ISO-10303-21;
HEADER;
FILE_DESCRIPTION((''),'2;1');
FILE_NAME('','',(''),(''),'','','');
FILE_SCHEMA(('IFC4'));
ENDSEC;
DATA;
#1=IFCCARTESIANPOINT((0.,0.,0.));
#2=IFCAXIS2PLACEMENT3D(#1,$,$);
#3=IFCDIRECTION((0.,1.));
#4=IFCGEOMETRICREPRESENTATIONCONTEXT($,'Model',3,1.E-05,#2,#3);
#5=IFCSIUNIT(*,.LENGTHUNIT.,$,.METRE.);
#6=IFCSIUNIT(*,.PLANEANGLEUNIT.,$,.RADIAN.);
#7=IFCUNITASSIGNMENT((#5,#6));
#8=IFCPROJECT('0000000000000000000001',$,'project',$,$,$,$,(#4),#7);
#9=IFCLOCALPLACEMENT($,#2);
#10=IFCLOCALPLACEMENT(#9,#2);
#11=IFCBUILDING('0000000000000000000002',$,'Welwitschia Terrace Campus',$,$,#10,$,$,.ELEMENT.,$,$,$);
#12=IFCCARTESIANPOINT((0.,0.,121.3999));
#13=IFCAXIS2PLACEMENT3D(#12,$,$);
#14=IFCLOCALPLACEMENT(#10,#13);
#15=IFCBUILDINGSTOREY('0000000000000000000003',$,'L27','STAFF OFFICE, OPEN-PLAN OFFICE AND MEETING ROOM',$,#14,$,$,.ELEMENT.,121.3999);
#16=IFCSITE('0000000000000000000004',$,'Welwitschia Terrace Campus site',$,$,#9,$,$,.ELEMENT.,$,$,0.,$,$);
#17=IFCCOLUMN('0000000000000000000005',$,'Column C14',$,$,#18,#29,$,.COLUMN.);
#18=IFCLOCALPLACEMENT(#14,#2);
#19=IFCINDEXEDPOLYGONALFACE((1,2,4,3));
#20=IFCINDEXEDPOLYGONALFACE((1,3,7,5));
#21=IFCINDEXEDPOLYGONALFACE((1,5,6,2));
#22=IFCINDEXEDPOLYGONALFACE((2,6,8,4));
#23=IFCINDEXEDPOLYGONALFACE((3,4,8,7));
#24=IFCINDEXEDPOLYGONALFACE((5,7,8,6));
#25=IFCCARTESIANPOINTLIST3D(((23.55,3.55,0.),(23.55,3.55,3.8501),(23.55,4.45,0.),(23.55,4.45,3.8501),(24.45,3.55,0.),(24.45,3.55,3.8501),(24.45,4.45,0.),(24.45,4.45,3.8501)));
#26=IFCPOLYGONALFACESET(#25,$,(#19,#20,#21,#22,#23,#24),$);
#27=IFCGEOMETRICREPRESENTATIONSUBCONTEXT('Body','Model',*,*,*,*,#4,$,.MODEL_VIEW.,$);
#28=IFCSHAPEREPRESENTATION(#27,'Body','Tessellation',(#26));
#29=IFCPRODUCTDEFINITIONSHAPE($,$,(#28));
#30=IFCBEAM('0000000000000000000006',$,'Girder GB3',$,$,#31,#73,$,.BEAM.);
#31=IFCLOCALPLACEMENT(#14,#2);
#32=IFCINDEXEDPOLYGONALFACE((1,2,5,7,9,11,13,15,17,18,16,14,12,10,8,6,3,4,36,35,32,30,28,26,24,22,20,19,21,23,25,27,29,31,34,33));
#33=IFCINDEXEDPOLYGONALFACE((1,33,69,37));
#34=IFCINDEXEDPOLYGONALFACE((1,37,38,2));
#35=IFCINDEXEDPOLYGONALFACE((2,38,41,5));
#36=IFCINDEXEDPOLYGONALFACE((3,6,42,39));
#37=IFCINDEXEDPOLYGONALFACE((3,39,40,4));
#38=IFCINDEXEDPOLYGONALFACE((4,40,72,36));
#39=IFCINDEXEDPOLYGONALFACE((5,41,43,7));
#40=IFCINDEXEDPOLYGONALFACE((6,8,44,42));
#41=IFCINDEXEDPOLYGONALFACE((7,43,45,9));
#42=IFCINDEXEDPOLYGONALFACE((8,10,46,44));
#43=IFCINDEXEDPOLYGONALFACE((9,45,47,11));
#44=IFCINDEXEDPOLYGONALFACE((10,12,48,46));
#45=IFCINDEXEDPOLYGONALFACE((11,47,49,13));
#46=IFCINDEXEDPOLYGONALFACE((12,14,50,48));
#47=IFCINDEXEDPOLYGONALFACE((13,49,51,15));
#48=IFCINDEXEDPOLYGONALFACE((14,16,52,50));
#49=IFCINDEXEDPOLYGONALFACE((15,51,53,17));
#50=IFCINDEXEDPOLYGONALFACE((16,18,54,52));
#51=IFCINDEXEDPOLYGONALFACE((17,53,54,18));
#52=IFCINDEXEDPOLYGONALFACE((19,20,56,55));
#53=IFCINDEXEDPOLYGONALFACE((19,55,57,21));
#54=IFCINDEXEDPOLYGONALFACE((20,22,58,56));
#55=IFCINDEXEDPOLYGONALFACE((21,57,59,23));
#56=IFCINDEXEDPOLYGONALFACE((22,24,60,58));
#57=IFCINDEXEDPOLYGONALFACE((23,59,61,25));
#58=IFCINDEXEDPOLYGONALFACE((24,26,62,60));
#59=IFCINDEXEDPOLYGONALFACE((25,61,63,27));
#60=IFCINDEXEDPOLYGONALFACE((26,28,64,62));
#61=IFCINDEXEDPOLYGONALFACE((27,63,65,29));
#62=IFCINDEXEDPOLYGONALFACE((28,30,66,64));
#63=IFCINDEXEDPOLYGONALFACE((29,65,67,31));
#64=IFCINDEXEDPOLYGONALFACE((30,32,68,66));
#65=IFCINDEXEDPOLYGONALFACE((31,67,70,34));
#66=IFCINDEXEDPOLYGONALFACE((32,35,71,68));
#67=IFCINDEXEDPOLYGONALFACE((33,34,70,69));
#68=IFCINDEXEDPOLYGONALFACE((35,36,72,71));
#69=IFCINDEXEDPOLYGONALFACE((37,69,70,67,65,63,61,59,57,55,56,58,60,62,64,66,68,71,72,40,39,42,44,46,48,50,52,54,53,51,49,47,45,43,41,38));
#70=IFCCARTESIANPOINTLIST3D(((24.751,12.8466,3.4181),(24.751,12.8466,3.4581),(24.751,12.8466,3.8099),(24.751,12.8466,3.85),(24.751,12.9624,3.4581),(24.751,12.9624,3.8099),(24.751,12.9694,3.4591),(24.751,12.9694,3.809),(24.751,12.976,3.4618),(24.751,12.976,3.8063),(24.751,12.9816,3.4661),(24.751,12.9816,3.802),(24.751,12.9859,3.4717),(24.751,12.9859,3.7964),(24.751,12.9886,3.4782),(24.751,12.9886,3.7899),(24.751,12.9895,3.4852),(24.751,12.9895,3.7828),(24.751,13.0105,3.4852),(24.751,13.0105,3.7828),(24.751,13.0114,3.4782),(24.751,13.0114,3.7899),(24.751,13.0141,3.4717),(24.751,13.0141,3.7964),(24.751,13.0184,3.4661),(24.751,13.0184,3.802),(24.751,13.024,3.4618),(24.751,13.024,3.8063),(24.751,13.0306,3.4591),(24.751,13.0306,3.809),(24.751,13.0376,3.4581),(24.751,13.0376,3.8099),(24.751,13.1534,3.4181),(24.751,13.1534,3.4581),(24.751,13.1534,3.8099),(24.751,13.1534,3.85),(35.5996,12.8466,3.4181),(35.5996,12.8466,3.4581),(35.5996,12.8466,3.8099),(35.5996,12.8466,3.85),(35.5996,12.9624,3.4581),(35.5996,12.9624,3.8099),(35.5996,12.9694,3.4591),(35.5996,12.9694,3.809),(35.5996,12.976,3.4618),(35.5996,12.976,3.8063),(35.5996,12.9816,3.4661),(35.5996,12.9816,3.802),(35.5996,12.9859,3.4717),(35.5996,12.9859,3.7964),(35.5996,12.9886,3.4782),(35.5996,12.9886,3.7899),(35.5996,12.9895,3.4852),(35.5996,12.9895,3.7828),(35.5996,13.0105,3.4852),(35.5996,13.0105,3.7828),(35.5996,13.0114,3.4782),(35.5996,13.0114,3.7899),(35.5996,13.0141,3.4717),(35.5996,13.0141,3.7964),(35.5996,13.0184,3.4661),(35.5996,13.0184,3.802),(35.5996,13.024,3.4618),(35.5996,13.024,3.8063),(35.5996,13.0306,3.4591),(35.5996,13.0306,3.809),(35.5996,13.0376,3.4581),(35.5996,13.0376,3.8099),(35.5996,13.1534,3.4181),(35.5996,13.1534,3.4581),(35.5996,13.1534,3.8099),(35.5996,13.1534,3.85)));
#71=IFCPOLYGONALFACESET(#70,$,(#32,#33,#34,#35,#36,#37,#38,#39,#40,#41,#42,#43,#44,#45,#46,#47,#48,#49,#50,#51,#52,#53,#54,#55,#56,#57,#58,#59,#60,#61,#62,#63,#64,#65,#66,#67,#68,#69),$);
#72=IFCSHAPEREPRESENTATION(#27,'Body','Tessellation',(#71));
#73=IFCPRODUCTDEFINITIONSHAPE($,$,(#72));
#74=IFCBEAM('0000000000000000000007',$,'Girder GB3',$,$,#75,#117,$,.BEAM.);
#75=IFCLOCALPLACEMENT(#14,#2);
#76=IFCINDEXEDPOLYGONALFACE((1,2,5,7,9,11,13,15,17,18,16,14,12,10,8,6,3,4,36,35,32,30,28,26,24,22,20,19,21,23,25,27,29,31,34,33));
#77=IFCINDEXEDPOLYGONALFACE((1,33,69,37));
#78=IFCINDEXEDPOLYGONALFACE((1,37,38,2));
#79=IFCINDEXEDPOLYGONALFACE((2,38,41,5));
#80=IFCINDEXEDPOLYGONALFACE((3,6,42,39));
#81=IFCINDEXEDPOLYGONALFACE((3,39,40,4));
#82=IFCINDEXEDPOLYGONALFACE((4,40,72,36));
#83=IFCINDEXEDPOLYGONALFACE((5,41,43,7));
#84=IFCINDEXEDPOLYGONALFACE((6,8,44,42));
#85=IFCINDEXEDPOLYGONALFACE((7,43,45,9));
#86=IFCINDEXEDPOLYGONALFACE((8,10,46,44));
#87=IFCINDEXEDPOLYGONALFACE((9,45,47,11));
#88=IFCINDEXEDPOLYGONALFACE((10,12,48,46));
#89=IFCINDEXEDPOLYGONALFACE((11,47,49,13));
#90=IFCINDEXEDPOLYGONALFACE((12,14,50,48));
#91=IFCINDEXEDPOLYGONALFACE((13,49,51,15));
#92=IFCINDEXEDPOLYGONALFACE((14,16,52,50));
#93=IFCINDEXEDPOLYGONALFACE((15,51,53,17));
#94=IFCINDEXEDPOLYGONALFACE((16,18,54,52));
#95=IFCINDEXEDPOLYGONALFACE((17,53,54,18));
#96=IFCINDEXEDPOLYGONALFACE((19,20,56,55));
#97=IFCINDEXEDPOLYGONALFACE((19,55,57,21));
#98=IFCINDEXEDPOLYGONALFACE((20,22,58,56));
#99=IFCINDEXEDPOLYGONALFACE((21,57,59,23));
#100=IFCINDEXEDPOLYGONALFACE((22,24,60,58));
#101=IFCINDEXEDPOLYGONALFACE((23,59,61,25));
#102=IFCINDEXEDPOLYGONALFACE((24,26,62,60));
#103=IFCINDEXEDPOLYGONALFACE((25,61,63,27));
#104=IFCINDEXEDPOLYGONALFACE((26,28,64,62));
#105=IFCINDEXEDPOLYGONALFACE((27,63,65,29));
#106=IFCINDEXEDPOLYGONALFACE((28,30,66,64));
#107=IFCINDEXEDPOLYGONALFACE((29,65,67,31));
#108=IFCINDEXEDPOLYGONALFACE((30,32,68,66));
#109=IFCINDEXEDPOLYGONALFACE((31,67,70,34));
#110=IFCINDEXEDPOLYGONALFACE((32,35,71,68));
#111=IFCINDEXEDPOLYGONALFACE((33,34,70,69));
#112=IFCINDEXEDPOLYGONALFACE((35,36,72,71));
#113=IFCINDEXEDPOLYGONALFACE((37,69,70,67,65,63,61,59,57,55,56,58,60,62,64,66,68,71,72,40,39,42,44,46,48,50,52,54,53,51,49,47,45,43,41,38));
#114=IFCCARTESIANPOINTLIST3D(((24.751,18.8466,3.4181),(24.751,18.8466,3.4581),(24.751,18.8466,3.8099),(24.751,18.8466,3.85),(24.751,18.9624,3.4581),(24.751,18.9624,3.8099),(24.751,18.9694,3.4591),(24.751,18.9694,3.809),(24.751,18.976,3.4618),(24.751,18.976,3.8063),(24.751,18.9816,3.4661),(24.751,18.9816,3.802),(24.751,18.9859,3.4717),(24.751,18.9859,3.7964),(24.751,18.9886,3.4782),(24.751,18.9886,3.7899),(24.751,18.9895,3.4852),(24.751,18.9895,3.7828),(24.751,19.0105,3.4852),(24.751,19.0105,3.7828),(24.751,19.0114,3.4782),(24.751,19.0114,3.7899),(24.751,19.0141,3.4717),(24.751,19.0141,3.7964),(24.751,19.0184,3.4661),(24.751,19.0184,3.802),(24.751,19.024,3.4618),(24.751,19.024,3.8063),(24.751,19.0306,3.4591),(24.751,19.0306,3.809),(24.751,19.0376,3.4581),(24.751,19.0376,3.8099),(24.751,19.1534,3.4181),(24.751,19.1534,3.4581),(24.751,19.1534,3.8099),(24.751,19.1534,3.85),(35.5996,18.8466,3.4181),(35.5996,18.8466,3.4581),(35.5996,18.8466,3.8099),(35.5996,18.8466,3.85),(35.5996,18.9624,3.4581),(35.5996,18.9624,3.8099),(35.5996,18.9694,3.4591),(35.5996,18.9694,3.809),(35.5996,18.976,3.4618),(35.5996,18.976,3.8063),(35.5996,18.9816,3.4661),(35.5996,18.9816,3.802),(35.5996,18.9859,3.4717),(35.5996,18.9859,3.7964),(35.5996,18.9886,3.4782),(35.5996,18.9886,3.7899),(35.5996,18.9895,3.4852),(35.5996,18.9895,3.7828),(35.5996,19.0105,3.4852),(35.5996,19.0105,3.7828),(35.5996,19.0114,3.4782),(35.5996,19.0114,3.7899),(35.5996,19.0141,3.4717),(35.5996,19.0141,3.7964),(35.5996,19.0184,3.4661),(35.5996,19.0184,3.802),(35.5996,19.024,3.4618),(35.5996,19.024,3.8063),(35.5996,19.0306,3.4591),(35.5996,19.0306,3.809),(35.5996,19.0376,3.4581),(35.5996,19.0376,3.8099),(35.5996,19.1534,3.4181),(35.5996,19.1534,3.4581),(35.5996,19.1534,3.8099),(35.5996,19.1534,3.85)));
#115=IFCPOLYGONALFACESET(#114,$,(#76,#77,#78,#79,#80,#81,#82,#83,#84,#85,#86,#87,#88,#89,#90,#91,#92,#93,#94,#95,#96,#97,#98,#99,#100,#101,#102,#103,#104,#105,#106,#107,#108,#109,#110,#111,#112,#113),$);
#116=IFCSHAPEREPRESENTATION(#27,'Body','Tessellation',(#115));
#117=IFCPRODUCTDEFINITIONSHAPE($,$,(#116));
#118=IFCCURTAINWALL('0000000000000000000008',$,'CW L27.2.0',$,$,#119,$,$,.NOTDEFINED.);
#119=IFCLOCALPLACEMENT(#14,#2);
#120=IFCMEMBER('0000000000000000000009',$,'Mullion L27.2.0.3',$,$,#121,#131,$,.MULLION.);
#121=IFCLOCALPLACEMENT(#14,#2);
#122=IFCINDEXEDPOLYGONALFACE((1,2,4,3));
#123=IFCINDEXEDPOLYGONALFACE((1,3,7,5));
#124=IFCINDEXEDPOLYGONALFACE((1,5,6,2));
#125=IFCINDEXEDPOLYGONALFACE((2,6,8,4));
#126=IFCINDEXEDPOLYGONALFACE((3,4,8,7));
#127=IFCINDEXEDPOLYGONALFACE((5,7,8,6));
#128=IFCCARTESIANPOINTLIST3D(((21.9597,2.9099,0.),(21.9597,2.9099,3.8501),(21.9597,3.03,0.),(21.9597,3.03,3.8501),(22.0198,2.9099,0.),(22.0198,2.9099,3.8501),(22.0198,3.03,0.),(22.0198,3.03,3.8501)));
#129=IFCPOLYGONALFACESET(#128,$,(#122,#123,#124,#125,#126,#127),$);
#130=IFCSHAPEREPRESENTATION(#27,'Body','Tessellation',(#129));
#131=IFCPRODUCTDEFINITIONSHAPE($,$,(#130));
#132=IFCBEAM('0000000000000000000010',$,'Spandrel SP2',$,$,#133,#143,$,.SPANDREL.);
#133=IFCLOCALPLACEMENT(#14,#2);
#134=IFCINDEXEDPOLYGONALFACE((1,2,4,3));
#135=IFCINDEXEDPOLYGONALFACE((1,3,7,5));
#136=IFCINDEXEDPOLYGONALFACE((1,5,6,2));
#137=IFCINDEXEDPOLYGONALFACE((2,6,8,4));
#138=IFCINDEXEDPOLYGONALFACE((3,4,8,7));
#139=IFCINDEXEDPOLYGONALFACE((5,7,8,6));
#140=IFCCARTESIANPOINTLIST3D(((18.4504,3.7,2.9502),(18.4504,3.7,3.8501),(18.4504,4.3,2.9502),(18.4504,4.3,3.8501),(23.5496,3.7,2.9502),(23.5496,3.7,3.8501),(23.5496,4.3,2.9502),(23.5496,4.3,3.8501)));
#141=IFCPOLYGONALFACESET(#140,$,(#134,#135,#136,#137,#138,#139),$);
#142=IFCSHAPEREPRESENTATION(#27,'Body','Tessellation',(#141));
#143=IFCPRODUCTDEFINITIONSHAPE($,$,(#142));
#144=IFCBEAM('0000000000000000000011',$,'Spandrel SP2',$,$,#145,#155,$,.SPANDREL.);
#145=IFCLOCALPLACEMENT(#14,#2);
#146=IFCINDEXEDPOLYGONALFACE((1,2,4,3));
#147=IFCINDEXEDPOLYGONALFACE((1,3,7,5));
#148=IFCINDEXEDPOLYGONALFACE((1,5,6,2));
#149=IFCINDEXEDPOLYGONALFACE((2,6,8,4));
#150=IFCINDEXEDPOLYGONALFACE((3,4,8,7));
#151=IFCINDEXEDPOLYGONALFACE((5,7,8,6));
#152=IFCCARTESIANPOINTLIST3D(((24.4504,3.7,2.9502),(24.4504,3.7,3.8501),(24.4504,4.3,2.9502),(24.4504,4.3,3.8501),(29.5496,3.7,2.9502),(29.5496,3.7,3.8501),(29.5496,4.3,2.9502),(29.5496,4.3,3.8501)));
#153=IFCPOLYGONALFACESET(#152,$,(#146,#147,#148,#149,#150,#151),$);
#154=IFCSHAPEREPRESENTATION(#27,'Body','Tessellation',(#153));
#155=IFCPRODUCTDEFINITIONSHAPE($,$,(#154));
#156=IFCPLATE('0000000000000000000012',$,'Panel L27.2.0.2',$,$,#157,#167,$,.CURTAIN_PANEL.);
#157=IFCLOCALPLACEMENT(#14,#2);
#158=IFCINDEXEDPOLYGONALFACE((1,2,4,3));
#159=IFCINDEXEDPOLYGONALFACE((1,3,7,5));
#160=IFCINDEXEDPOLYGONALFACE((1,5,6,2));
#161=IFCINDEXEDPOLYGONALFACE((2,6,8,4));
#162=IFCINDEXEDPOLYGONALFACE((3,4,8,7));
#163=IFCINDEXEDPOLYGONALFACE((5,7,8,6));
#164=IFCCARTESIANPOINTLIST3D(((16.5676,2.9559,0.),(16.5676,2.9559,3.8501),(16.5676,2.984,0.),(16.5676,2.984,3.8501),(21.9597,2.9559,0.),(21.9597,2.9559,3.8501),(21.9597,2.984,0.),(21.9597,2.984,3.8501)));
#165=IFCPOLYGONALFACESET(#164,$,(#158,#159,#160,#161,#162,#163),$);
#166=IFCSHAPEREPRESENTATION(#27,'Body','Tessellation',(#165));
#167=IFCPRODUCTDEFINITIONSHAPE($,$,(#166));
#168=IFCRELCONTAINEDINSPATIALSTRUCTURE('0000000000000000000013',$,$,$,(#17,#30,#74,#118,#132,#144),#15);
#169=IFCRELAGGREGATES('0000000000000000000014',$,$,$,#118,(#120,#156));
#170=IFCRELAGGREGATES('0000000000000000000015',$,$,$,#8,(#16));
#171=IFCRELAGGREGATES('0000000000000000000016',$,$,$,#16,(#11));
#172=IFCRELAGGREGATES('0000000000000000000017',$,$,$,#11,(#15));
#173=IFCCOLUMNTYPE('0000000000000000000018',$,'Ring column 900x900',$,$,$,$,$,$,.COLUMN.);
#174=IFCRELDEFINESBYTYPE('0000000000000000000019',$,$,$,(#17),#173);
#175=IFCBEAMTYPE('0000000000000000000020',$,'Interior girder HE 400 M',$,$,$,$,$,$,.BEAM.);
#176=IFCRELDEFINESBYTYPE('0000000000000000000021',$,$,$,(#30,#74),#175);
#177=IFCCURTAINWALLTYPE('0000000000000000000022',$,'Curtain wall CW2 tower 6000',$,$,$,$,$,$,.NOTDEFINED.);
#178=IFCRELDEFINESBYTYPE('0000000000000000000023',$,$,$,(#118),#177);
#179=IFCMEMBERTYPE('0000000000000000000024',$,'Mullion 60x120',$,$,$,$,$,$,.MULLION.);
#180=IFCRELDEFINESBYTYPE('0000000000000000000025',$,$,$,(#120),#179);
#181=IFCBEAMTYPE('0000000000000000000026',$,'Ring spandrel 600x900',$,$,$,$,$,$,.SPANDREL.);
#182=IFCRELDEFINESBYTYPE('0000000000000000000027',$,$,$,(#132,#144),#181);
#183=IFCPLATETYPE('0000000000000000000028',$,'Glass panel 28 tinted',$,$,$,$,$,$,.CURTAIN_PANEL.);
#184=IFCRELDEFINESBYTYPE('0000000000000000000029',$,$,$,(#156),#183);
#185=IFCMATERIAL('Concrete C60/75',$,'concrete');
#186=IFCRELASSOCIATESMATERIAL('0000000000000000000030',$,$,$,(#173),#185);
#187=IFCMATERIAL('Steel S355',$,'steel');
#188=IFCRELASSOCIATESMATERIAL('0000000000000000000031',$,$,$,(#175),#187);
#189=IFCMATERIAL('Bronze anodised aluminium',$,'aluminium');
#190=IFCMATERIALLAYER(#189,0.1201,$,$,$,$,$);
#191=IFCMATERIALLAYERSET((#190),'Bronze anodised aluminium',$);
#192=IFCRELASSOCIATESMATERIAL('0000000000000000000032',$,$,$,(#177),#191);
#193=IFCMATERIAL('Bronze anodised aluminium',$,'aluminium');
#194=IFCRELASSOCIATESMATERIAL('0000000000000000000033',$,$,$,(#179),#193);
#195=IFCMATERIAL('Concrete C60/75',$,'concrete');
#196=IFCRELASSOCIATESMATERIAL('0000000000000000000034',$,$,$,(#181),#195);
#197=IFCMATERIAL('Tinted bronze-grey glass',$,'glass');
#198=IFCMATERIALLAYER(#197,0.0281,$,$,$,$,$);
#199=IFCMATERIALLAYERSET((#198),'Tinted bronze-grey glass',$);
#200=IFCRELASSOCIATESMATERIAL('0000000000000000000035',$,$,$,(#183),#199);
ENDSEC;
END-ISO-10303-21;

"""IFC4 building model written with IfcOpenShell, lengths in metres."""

from ifc_helpers import new_model, si_unit, direction, frame, origin, origin_2d, place, context, subcontext, project, spatial, rectangle, i_section, extrude, material, layer, layer_set, material_profile, profile_set, type_object, element, aggregate, save


model = new_model("IFC4")

# Units and contexts
model_context = context("Model", 3, precision=1e-05, world=origin(), true_north=direction((0.0, 1.0)))
body_context = subcontext(model_context, "Body", "Model", "MODEL_VIEW")
ifc_project = project(units=[si_unit("LENGTHUNIT", "METRE"), si_unit("PLANEANGLEUNIT", "RADIAN")], contexts=[model_context])

# Site, building, storey
site_placement = place(None, origin())
site = spatial("IfcSite", under=ifc_project, at=site_placement, Name="Welwitschia Terrace Campus site", CompositionType="ELEMENT", RefElevation=0.0)
building_placement = place(site_placement, origin())
building = spatial("IfcBuilding", under=site, at=building_placement, Name="Welwitschia Terrace Campus", CompositionType="ELEMENT")
storey_placement = place(building_placement, frame((0.0, 0.0, 121.3999)))
storey = spatial("IfcBuildingStorey", under=building, at=storey_placement, Name="L27", Description="STAFF OFFICE, OPEN-PLAN OFFICE AND MEETING ROOM", CompositionType="ELEMENT", Elevation=121.3999)

# Column
ifc_material_1 = material(Name="Concrete C60/75", Category="concrete")
ifc_material_profile_1 = material_profile(ifc_material_1, rectangle(XDim=0.8999, YDim=0.8999, at=origin_2d()))
ifc_profile_set_1 = profile_set([ifc_material_profile_1], Name="Concrete C60/75")
column_type = type_object("IfcColumnType", Name="Ring column 900x900", PredefinedType="COLUMN", material=ifc_profile_set_1)
column_placement = place(storey_placement, frame((24.0, 4.0, 0.0), z_axis=(0.0, 0.0, 1.0), x_axis=(1.0, 0.0, 0.0)))
element("IfcColumn", 1, at=column_placement, inside=storey, type_object=column_type, Name="Column C14", PredefinedType="COLUMN", context=body_context, shape_type="SweptSolid", body=[
    extrude(rectangle(XDim=0.8999, YDim=0.8999, at=origin_2d()), origin(), (0.0, 0.0, 1.0), 3.8501),
])

# Beams
ifc_material_2 = material(Name="Steel S355", Category="steel")
ifc_material_profile_2 = material_profile(ifc_material_2, i_section(OverallWidth=0.3069, OverallDepth=0.4319, WebThickness=0.021, FlangeThickness=0.04, FilletRadius=0.0271, at=origin_2d()))
ifc_profile_set_2 = profile_set([ifc_material_profile_2], Name="Steel S355")
beam_type_1 = type_object("IfcBeamType", Name="Interior girder HE 400 M", PredefinedType="BEAM", material=ifc_profile_set_2)
for number, where, z_axis, x_axis, name in (
    (2, (24.751, 13.0, 3.634), (1.0, 0.0, 0.0), (0.0, 1.0, 0.0), "Girder GB3"),
    (3, (24.751, 19.0, 3.634), (1.0, 0.0, 0.0), (0.0, 1.0, 0.0), "Girder GB3"),
):
    element("IfcBeam", number, at=place(storey_placement, frame(where, z_axis=z_axis, x_axis=x_axis)), inside=storey, type_object=beam_type_1, Name=name, PredefinedType="BEAM", context=body_context, shape_type="SweptSolid", body=[
        extrude(i_section(OverallWidth=0.3069, OverallDepth=0.4319, WebThickness=0.021, FlangeThickness=0.04, FilletRadius=0.0271, at=origin_2d()), origin(), (0.0, 0.0, 1.0), 10.8486),
    ])

# Curtain wall, member
ifc_material_3 = material(Name="Bronze anodised aluminium", Category="aluminium")
ifc_layer_1 = layer(ifc_material_3, 0.1201)
ifc_layer_set_1 = layer_set([ifc_layer_1], Name="Bronze anodised aluminium")
curtain_wall_type = type_object("IfcCurtainWallType", Name="Curtain wall CW2 tower 6000", PredefinedType="NOTDEFINED", material=ifc_layer_set_1)
curtain_wall_placement = place(storey_placement, origin())
curtain_wall = element("IfcCurtainWall", 4, at=curtain_wall_placement, inside=storey, type_object=curtain_wall_type, Name="CW L27.2.0", PredefinedType="NOTDEFINED")
ifc_material_4 = material(Name="Bronze anodised aluminium", Category="aluminium")
ifc_material_profile_3 = material_profile(ifc_material_4, rectangle(XDim=0.1201, YDim=0.0601, at=origin_2d()))
ifc_profile_set_3 = profile_set([ifc_material_profile_3], Name="Bronze anodised aluminium")
member_type = type_object("IfcMemberType", Name="Mullion 60x120", PredefinedType="MULLION", material=ifc_profile_set_3)
member_placement = place(storey_placement, frame((21.9897, 2.97, 0.0), z_axis=(0.0, 0.0, 1.0), x_axis=(0.0, 1.0, 0.0)))
member = element("IfcMember", 5, at=member_placement, type_object=member_type, Name="Mullion L27.2.0.3", PredefinedType="MULLION", context=body_context, shape_type="SweptSolid", body=[
    extrude(rectangle(XDim=0.1201, YDim=0.0601, at=origin_2d()), origin(), (0.0, 0.0, 1.0), 3.8501),
])

# Beams
ifc_material_5 = material(Name="Concrete C60/75", Category="concrete")
ifc_material_profile_4 = material_profile(ifc_material_5, rectangle(XDim=0.6001, YDim=0.8999, at=origin_2d()))
ifc_profile_set_4 = profile_set([ifc_material_profile_4], Name="Concrete C60/75")
beam_type_2 = type_object("IfcBeamType", Name="Ring spandrel 600x900", PredefinedType="SPANDREL", material=ifc_profile_set_4)
for number, where, z_axis, x_axis, name in (
    (6, (18.4504, 4.0, 3.4001), (1.0, 0.0, 0.0), (0.0, 1.0, 0.0), "Spandrel SP2"),
    (7, (24.4504, 4.0, 3.4001), (1.0, 0.0, 0.0), (0.0, 1.0, 0.0), "Spandrel SP2"),
):
    element("IfcBeam", number, at=place(storey_placement, frame(where, z_axis=z_axis, x_axis=x_axis)), inside=storey, type_object=beam_type_2, Name=name, PredefinedType="SPANDREL", context=body_context, shape_type="SweptSolid", body=[
        extrude(rectangle(XDim=0.6001, YDim=0.8999, at=origin_2d()), origin(), (0.0, 0.0, 1.0), 5.0991),
    ])

# Plate
ifc_material_6 = material(Name="Tinted bronze-grey glass", Category="glass")
ifc_layer_2 = layer(ifc_material_6, 0.0281)
ifc_layer_set_2 = layer_set([ifc_layer_2], Name="Tinted bronze-grey glass")
plate_type = type_object("IfcPlateType", Name="Glass panel 28 tinted", PredefinedType="CURTAIN_PANEL", material=ifc_layer_set_2)
plate_placement = place(storey_placement, frame((19.2637, 2.97, 0.0), z_axis=(0.0, 0.0, 1.0), x_axis=(1.0, 0.0, 0.0)))
plate = element("IfcPlate", 8, at=plate_placement, type_object=plate_type, Name="Panel L27.2.0.2", PredefinedType="CURTAIN_PANEL", context=body_context, shape_type="SweptSolid", body=[
    extrude(rectangle(XDim=5.3921, YDim=0.0281, at=origin_2d()), origin(), (0.0, 0.0, 1.0), 3.8501),
])
aggregate(curtain_wall, [member, plate])

save(model, "model.ifc")
